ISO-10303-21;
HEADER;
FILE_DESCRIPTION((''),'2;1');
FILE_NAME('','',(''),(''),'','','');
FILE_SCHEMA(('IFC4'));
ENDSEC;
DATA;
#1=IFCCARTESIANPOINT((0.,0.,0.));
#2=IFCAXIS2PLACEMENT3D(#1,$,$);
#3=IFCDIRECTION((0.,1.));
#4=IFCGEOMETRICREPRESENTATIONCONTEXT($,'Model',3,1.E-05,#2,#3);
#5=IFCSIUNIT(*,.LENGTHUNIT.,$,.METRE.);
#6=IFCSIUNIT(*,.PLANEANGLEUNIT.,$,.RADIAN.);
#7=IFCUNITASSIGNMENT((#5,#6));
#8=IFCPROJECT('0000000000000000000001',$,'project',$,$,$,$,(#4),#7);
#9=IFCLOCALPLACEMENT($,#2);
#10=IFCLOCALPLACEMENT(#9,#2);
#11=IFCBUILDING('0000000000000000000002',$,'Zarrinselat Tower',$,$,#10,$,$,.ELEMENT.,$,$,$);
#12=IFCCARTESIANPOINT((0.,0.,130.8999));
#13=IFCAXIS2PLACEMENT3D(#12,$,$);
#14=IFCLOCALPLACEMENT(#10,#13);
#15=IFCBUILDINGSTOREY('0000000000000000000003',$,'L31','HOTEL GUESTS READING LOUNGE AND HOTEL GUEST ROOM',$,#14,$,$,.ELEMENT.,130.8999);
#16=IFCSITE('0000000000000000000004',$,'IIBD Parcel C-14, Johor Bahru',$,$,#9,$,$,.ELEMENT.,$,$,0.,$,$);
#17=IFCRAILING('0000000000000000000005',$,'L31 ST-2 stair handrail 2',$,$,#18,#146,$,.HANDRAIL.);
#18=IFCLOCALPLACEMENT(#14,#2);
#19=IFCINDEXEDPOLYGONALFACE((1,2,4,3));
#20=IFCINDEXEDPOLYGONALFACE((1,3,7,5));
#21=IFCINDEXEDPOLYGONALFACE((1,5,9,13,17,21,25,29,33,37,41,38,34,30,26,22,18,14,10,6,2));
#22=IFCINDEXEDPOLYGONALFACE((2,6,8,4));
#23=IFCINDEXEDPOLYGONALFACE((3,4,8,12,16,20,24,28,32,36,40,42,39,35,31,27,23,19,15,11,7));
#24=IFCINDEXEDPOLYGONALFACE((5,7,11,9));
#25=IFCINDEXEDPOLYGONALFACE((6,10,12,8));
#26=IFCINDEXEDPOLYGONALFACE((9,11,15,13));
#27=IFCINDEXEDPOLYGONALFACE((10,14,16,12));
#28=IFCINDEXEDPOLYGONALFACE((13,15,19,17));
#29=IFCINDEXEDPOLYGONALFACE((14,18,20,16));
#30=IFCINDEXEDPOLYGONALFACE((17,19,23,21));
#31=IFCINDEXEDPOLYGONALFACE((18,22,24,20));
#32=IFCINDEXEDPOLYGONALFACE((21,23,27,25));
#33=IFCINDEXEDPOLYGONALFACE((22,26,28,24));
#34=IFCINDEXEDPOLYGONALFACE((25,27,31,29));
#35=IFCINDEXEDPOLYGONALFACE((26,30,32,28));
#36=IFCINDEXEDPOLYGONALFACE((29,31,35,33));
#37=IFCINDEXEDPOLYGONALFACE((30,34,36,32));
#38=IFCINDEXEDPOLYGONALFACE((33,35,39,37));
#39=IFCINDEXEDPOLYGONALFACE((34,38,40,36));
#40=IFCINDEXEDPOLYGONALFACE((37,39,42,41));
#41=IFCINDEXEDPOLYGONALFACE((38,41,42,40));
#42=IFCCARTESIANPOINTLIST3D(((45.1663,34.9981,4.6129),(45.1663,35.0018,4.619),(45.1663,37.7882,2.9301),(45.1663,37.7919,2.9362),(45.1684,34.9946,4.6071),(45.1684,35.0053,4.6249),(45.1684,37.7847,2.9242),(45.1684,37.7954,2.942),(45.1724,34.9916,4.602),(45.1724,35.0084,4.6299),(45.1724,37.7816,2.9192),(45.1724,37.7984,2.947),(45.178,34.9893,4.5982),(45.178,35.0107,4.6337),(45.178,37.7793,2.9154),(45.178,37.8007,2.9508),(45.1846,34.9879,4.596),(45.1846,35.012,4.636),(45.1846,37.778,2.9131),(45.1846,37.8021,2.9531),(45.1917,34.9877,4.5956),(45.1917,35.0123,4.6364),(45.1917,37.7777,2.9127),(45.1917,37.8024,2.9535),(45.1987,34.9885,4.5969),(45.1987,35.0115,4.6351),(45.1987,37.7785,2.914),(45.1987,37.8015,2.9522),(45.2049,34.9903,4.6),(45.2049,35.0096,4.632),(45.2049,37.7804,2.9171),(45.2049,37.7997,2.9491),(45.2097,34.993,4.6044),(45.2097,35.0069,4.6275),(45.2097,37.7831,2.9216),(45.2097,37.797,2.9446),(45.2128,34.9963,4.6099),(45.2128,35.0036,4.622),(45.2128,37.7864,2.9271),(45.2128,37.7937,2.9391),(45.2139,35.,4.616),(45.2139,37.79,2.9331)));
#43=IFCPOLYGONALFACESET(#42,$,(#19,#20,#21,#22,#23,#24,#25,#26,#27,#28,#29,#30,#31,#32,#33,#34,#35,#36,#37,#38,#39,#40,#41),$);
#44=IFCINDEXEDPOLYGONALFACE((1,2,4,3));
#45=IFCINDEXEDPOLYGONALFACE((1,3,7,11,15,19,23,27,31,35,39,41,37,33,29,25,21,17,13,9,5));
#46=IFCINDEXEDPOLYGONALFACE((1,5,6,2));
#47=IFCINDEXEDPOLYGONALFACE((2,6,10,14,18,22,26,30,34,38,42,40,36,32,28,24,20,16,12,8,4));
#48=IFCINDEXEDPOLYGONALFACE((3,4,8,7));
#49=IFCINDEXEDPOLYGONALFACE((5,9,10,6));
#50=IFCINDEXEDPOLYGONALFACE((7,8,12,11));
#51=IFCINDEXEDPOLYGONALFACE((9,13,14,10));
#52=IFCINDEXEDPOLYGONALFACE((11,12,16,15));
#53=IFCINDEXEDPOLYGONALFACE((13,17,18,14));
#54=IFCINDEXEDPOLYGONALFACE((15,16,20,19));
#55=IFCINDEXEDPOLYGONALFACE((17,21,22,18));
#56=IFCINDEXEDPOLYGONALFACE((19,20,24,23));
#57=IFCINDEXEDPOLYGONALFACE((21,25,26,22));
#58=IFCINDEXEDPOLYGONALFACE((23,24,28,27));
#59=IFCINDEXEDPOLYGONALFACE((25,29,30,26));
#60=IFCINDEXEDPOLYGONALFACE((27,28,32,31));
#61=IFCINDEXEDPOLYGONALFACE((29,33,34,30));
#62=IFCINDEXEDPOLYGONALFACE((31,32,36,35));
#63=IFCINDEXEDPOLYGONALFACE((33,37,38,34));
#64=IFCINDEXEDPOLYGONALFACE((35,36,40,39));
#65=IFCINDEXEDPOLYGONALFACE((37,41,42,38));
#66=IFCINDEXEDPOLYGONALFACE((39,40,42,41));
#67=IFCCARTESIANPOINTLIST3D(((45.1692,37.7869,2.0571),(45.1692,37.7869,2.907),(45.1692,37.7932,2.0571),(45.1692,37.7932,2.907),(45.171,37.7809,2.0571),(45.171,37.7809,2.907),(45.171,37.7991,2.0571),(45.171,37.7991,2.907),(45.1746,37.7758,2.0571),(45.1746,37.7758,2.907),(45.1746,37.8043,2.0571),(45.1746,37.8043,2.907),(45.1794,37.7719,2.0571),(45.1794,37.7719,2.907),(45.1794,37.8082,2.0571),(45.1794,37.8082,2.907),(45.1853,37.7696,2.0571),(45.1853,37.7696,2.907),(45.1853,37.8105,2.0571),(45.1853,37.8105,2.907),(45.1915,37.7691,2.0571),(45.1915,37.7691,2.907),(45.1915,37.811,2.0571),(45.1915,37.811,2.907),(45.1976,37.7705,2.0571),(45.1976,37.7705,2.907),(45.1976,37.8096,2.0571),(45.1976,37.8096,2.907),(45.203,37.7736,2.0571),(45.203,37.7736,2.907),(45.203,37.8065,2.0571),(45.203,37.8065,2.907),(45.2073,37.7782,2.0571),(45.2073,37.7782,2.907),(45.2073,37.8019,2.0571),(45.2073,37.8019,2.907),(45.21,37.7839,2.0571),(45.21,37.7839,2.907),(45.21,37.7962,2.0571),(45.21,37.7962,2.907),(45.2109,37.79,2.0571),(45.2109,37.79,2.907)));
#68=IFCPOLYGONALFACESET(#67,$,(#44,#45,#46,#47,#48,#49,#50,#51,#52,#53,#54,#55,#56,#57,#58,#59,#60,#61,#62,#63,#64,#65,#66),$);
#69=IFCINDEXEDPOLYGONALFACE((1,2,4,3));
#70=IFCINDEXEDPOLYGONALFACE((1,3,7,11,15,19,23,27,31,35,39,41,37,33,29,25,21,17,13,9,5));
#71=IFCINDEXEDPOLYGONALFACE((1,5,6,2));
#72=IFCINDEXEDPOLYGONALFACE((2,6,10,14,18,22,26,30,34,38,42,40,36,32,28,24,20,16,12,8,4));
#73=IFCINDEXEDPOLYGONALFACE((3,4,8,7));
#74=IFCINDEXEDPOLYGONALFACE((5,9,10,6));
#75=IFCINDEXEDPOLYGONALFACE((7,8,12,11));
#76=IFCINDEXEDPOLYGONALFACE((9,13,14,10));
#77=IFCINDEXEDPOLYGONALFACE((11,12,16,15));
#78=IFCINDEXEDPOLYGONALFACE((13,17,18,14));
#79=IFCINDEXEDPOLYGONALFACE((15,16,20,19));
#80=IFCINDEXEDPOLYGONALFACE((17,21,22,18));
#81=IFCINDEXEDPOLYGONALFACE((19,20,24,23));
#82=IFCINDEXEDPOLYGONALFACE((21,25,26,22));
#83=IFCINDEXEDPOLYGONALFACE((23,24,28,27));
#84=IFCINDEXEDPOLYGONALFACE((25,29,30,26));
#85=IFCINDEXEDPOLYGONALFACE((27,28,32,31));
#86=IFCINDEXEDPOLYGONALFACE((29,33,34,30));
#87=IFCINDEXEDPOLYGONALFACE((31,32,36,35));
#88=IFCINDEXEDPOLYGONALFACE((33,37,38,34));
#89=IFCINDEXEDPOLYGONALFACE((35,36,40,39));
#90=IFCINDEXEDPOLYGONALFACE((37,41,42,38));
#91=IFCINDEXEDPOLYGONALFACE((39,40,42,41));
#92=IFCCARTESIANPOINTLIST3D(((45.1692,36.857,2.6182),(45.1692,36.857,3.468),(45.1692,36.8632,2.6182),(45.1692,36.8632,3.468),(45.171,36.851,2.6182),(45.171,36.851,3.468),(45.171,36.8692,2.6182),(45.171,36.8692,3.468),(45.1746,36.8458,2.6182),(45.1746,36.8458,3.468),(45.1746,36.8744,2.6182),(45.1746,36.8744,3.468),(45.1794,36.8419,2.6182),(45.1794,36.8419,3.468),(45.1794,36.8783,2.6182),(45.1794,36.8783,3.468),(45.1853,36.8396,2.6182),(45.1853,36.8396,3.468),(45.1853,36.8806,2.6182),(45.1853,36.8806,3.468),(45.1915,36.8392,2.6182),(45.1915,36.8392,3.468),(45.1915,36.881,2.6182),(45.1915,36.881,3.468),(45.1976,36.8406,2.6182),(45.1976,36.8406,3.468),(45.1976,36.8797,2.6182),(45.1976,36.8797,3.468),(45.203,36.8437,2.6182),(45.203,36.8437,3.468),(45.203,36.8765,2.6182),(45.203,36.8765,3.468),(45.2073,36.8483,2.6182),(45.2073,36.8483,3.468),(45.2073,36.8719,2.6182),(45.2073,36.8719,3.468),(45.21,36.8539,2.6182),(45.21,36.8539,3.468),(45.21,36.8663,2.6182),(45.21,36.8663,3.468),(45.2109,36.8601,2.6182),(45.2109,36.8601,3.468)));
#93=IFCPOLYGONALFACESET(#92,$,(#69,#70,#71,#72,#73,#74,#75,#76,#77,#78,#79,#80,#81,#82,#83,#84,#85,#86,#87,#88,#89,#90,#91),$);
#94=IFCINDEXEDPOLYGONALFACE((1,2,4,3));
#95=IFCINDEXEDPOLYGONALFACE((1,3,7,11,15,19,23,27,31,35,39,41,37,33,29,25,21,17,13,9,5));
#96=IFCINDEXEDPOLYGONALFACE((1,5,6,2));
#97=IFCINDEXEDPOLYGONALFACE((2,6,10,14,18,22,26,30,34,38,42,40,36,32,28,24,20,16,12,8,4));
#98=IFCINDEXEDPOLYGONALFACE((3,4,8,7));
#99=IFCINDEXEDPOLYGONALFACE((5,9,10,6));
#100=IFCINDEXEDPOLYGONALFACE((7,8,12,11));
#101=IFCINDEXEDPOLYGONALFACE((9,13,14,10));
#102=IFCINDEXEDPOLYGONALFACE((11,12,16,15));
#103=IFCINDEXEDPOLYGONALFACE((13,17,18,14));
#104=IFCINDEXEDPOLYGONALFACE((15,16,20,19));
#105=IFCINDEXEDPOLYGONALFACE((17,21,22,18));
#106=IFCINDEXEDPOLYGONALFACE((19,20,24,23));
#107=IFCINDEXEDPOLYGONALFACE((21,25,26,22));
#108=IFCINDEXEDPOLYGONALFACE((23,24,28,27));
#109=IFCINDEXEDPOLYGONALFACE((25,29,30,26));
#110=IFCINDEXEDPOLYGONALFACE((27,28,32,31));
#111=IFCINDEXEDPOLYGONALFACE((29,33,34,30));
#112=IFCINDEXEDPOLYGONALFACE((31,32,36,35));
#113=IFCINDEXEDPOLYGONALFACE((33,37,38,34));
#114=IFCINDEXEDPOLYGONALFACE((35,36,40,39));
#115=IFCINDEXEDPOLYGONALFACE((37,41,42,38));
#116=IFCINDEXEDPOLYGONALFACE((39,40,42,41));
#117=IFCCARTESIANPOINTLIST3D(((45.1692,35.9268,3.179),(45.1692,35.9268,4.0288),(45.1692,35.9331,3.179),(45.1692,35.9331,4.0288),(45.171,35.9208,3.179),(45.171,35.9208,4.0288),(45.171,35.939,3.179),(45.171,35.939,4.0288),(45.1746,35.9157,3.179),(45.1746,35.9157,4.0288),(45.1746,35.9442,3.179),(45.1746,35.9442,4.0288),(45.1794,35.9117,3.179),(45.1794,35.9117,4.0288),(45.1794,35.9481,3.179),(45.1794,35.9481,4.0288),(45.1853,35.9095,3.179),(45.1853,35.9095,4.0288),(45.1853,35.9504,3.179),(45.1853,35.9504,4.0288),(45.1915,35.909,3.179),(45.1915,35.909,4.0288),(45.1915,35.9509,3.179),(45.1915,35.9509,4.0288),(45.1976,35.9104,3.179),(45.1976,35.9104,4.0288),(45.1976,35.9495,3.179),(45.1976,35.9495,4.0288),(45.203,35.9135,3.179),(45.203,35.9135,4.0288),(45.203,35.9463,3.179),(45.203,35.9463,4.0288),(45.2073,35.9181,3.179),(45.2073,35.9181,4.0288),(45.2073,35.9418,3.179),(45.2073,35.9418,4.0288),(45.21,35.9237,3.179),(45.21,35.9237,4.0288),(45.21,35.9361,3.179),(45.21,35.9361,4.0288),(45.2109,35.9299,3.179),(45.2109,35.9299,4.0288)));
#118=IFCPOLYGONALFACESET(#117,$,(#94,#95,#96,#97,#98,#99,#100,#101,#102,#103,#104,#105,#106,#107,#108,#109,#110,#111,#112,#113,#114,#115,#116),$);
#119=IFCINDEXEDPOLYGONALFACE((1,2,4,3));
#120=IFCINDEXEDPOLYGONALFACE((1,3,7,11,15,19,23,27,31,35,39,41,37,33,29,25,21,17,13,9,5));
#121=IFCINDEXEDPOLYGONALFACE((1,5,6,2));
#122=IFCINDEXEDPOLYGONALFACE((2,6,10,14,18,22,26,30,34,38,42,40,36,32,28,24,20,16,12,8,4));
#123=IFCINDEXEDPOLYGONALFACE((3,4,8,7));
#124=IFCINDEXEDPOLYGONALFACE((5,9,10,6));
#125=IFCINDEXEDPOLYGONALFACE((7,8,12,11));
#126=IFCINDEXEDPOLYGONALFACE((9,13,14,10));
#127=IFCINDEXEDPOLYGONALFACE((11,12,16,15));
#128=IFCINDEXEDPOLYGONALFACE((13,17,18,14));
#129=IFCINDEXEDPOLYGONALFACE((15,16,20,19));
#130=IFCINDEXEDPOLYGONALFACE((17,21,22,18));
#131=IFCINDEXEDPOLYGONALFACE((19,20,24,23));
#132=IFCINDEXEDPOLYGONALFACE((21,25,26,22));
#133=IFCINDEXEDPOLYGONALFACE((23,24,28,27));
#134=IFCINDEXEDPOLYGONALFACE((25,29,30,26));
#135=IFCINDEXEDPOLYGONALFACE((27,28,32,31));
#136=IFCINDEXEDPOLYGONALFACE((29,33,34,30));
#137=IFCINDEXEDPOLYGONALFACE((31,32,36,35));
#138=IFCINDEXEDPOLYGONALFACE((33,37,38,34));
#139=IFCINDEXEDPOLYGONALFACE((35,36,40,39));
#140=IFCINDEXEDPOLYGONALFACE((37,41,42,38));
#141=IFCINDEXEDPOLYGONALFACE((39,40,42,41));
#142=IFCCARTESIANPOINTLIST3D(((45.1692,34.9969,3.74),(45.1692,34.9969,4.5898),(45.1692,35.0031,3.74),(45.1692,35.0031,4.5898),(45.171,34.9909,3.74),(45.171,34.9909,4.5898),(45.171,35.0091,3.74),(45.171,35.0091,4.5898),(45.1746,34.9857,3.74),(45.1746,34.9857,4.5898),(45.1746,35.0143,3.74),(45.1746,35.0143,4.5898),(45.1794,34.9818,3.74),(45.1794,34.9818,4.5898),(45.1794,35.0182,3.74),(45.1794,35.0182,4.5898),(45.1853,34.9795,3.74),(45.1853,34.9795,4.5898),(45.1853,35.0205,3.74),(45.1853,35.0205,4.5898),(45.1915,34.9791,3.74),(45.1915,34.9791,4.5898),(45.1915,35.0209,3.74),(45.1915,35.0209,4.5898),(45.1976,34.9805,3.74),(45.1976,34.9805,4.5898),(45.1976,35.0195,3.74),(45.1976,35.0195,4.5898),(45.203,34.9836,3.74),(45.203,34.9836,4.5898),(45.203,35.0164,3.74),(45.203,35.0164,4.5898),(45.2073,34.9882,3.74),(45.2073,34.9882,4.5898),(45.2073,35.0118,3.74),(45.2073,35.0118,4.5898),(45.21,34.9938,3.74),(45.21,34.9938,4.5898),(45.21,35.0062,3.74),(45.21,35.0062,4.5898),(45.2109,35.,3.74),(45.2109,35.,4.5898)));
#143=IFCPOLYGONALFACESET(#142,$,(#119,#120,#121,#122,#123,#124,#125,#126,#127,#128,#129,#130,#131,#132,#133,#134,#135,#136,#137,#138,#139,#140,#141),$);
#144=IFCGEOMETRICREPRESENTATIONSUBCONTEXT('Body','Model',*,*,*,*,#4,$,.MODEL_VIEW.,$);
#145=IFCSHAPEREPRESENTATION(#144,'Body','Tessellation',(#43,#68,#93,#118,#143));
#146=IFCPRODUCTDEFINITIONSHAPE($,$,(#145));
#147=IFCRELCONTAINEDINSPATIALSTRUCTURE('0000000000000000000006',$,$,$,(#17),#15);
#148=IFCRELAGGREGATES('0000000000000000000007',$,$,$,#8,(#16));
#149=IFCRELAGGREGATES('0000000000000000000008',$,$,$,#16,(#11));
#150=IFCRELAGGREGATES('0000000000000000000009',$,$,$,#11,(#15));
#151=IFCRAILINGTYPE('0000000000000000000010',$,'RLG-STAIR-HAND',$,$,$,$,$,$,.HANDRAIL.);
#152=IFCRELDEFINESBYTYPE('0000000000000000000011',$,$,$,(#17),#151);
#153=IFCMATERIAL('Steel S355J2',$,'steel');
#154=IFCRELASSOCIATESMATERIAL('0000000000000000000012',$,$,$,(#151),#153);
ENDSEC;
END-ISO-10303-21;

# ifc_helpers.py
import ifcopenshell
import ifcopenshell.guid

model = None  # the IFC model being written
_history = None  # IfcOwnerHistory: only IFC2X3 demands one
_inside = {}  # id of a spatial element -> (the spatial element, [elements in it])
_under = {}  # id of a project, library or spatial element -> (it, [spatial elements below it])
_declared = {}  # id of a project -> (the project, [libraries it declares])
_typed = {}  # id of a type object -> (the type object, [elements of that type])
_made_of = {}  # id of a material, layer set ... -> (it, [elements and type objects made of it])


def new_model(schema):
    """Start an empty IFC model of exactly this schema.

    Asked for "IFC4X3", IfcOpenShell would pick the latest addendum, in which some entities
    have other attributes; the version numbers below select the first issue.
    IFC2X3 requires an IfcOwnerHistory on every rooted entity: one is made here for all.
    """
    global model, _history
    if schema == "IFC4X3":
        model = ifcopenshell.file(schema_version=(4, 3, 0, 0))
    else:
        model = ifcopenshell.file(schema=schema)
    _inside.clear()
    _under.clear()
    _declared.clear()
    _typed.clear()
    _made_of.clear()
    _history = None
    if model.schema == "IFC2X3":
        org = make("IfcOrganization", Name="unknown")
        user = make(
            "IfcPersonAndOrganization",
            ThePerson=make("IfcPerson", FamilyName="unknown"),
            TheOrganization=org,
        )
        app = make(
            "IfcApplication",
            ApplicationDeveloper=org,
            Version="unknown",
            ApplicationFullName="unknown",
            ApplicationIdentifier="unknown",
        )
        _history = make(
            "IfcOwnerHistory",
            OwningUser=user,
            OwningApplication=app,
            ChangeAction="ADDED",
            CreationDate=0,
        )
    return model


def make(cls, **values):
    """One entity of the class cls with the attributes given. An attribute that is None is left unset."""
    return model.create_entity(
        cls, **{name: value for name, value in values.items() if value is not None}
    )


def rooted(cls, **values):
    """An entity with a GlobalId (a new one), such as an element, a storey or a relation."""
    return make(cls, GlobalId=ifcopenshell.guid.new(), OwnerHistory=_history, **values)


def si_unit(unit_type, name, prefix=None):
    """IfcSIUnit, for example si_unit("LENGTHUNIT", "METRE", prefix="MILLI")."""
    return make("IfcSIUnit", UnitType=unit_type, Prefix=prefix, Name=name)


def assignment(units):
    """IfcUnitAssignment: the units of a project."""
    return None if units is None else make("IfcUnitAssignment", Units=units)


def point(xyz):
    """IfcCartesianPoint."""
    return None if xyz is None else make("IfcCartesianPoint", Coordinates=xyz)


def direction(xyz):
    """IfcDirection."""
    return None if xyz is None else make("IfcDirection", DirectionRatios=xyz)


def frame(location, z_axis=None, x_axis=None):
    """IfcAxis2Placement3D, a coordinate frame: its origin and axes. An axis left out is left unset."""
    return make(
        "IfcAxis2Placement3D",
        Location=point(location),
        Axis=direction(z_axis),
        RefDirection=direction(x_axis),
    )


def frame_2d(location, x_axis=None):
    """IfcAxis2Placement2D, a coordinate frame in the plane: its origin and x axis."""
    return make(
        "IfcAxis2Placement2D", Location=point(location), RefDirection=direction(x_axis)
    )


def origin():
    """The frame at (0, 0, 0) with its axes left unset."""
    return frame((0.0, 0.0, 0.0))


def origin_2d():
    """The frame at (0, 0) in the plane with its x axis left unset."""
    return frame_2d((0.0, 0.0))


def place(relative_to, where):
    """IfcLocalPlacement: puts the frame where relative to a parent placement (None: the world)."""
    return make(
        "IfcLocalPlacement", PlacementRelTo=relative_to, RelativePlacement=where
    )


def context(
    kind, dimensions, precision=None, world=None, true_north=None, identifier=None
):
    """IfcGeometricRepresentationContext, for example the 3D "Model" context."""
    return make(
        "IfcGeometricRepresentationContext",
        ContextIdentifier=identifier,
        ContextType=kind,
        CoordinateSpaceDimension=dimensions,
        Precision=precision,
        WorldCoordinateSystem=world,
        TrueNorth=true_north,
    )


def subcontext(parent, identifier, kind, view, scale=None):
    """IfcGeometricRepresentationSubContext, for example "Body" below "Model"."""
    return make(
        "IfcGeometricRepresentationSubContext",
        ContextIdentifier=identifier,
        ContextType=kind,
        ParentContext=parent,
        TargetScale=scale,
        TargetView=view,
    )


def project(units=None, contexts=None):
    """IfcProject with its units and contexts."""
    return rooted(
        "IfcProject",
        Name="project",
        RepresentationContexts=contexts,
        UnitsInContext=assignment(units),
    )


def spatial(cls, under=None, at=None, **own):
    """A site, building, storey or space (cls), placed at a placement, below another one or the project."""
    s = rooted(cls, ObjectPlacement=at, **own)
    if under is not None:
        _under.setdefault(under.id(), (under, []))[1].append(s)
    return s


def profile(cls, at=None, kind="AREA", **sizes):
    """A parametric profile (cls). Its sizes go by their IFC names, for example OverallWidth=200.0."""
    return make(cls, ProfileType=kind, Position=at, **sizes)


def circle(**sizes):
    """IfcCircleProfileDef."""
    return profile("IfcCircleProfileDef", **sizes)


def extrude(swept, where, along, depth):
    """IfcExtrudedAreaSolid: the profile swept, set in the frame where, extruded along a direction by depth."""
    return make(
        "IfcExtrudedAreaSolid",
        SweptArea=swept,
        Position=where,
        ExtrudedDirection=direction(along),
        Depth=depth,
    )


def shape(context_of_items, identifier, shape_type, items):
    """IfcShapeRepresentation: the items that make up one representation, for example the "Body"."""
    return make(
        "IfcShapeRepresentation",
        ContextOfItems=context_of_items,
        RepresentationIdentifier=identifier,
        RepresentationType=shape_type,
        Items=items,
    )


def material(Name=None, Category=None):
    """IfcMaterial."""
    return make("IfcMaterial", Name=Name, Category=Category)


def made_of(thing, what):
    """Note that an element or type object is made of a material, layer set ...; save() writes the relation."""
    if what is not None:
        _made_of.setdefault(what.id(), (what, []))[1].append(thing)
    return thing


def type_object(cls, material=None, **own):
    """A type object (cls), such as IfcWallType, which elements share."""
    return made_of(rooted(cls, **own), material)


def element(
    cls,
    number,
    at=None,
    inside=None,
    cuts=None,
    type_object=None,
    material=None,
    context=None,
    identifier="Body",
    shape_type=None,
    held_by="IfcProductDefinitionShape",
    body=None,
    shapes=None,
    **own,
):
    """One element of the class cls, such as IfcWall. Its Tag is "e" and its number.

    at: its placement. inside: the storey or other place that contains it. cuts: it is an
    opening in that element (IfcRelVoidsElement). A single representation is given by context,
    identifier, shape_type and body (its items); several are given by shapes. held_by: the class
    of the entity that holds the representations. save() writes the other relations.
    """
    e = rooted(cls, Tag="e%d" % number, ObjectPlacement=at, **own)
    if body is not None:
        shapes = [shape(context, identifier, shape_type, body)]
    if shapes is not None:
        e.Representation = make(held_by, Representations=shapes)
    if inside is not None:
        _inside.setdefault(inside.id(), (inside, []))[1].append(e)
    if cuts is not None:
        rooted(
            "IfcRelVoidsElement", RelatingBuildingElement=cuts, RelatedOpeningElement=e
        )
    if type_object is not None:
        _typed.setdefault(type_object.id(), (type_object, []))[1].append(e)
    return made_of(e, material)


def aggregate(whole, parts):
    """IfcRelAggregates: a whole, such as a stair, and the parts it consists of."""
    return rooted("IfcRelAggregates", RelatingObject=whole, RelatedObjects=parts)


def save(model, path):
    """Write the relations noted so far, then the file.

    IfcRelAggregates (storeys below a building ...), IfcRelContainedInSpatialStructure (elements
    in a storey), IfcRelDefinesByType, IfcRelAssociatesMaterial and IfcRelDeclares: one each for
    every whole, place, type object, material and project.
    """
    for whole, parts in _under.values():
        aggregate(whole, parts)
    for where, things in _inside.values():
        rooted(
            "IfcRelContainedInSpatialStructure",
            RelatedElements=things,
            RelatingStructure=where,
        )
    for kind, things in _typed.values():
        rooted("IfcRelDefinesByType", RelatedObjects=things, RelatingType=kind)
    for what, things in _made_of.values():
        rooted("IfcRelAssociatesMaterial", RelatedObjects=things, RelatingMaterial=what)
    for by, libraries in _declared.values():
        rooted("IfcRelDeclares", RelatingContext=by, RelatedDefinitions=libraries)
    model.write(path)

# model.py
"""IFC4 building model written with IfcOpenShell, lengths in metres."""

from ifc_helpers import new_model, si_unit, direction, frame, origin, origin_2d, place, context, subcontext, project, spatial, circle, extrude, material, type_object, element, save


model = new_model("IFC4")

# Units and contexts
model_context = context("Model", 3, precision=1e-05, world=origin(), true_north=direction((0.0, 1.0)))
body_context = subcontext(model_context, "Body", "Model", "MODEL_VIEW")
ifc_project = project(units=[si_unit("LENGTHUNIT", "METRE"), si_unit("PLANEANGLEUNIT", "RADIAN")], contexts=[model_context])

# Site, building, storey
site_placement = place(None, origin())
site = spatial("IfcSite", under=ifc_project, at=site_placement, Name="IIBD Parcel C-14, Johor Bahru", CompositionType="ELEMENT", RefElevation=0.0)
building_placement = place(site_placement, origin())
building = spatial("IfcBuilding", under=site, at=building_placement, Name="Zarrinselat Tower", CompositionType="ELEMENT")
storey_placement = place(building_placement, frame((0.0, 0.0, 130.8999)))
storey = spatial("IfcBuildingStorey", under=building, at=storey_placement, Name="L31", Description="HOTEL GUESTS READING LOUNGE AND HOTEL GUEST ROOM", CompositionType="ELEMENT", Elevation=130.8999)

# Railing
ifc_material_1 = material(Name="Steel S355J2", Category="steel")
railing_type_1 = type_object("IfcRailingType", Name="RLG-STAIR-HAND", PredefinedType="HANDRAIL", material=ifc_material_1)
railing_1_placement = place(storey_placement, frame((45.1899, 37.79, 2.0571)))
element("IfcRailing", 1, at=railing_1_placement, inside=storey, type_object=railing_type_1, Name="L31 ST-2 stair handrail 2", PredefinedType="HANDRAIL", context=body_context, shape_type="SweptSolid", body=[
    extrude(circle(Radius=0.0239, at=origin_2d()), frame((0.0, 0.0, 0.876), z_axis=(0.0, -0.856294, 0.516489), x_axis=(1.0, 0.0, 0.0)), (0.0, 0.0, 1.0), 3.2583),
    extrude(circle(Radius=0.021, at=origin_2d()), origin(), (0.0, 0.0, 1.0), 0.8499),
    extrude(circle(Radius=0.021, at=origin_2d()), frame((0.0, -0.9299, 0.561)), (0.0, 0.0, 1.0), 0.8499),
    extrude(circle(Radius=0.021, at=origin_2d()), frame((0.0, -1.8601, 1.1218)), (0.0, 0.0, 1.0), 0.8499),
    extrude(circle(Radius=0.021, at=origin_2d()), frame((0.0, -2.79, 1.6829)), (0.0, 0.0, 1.0), 0.8499),
])

save(model, "model.ifc")
